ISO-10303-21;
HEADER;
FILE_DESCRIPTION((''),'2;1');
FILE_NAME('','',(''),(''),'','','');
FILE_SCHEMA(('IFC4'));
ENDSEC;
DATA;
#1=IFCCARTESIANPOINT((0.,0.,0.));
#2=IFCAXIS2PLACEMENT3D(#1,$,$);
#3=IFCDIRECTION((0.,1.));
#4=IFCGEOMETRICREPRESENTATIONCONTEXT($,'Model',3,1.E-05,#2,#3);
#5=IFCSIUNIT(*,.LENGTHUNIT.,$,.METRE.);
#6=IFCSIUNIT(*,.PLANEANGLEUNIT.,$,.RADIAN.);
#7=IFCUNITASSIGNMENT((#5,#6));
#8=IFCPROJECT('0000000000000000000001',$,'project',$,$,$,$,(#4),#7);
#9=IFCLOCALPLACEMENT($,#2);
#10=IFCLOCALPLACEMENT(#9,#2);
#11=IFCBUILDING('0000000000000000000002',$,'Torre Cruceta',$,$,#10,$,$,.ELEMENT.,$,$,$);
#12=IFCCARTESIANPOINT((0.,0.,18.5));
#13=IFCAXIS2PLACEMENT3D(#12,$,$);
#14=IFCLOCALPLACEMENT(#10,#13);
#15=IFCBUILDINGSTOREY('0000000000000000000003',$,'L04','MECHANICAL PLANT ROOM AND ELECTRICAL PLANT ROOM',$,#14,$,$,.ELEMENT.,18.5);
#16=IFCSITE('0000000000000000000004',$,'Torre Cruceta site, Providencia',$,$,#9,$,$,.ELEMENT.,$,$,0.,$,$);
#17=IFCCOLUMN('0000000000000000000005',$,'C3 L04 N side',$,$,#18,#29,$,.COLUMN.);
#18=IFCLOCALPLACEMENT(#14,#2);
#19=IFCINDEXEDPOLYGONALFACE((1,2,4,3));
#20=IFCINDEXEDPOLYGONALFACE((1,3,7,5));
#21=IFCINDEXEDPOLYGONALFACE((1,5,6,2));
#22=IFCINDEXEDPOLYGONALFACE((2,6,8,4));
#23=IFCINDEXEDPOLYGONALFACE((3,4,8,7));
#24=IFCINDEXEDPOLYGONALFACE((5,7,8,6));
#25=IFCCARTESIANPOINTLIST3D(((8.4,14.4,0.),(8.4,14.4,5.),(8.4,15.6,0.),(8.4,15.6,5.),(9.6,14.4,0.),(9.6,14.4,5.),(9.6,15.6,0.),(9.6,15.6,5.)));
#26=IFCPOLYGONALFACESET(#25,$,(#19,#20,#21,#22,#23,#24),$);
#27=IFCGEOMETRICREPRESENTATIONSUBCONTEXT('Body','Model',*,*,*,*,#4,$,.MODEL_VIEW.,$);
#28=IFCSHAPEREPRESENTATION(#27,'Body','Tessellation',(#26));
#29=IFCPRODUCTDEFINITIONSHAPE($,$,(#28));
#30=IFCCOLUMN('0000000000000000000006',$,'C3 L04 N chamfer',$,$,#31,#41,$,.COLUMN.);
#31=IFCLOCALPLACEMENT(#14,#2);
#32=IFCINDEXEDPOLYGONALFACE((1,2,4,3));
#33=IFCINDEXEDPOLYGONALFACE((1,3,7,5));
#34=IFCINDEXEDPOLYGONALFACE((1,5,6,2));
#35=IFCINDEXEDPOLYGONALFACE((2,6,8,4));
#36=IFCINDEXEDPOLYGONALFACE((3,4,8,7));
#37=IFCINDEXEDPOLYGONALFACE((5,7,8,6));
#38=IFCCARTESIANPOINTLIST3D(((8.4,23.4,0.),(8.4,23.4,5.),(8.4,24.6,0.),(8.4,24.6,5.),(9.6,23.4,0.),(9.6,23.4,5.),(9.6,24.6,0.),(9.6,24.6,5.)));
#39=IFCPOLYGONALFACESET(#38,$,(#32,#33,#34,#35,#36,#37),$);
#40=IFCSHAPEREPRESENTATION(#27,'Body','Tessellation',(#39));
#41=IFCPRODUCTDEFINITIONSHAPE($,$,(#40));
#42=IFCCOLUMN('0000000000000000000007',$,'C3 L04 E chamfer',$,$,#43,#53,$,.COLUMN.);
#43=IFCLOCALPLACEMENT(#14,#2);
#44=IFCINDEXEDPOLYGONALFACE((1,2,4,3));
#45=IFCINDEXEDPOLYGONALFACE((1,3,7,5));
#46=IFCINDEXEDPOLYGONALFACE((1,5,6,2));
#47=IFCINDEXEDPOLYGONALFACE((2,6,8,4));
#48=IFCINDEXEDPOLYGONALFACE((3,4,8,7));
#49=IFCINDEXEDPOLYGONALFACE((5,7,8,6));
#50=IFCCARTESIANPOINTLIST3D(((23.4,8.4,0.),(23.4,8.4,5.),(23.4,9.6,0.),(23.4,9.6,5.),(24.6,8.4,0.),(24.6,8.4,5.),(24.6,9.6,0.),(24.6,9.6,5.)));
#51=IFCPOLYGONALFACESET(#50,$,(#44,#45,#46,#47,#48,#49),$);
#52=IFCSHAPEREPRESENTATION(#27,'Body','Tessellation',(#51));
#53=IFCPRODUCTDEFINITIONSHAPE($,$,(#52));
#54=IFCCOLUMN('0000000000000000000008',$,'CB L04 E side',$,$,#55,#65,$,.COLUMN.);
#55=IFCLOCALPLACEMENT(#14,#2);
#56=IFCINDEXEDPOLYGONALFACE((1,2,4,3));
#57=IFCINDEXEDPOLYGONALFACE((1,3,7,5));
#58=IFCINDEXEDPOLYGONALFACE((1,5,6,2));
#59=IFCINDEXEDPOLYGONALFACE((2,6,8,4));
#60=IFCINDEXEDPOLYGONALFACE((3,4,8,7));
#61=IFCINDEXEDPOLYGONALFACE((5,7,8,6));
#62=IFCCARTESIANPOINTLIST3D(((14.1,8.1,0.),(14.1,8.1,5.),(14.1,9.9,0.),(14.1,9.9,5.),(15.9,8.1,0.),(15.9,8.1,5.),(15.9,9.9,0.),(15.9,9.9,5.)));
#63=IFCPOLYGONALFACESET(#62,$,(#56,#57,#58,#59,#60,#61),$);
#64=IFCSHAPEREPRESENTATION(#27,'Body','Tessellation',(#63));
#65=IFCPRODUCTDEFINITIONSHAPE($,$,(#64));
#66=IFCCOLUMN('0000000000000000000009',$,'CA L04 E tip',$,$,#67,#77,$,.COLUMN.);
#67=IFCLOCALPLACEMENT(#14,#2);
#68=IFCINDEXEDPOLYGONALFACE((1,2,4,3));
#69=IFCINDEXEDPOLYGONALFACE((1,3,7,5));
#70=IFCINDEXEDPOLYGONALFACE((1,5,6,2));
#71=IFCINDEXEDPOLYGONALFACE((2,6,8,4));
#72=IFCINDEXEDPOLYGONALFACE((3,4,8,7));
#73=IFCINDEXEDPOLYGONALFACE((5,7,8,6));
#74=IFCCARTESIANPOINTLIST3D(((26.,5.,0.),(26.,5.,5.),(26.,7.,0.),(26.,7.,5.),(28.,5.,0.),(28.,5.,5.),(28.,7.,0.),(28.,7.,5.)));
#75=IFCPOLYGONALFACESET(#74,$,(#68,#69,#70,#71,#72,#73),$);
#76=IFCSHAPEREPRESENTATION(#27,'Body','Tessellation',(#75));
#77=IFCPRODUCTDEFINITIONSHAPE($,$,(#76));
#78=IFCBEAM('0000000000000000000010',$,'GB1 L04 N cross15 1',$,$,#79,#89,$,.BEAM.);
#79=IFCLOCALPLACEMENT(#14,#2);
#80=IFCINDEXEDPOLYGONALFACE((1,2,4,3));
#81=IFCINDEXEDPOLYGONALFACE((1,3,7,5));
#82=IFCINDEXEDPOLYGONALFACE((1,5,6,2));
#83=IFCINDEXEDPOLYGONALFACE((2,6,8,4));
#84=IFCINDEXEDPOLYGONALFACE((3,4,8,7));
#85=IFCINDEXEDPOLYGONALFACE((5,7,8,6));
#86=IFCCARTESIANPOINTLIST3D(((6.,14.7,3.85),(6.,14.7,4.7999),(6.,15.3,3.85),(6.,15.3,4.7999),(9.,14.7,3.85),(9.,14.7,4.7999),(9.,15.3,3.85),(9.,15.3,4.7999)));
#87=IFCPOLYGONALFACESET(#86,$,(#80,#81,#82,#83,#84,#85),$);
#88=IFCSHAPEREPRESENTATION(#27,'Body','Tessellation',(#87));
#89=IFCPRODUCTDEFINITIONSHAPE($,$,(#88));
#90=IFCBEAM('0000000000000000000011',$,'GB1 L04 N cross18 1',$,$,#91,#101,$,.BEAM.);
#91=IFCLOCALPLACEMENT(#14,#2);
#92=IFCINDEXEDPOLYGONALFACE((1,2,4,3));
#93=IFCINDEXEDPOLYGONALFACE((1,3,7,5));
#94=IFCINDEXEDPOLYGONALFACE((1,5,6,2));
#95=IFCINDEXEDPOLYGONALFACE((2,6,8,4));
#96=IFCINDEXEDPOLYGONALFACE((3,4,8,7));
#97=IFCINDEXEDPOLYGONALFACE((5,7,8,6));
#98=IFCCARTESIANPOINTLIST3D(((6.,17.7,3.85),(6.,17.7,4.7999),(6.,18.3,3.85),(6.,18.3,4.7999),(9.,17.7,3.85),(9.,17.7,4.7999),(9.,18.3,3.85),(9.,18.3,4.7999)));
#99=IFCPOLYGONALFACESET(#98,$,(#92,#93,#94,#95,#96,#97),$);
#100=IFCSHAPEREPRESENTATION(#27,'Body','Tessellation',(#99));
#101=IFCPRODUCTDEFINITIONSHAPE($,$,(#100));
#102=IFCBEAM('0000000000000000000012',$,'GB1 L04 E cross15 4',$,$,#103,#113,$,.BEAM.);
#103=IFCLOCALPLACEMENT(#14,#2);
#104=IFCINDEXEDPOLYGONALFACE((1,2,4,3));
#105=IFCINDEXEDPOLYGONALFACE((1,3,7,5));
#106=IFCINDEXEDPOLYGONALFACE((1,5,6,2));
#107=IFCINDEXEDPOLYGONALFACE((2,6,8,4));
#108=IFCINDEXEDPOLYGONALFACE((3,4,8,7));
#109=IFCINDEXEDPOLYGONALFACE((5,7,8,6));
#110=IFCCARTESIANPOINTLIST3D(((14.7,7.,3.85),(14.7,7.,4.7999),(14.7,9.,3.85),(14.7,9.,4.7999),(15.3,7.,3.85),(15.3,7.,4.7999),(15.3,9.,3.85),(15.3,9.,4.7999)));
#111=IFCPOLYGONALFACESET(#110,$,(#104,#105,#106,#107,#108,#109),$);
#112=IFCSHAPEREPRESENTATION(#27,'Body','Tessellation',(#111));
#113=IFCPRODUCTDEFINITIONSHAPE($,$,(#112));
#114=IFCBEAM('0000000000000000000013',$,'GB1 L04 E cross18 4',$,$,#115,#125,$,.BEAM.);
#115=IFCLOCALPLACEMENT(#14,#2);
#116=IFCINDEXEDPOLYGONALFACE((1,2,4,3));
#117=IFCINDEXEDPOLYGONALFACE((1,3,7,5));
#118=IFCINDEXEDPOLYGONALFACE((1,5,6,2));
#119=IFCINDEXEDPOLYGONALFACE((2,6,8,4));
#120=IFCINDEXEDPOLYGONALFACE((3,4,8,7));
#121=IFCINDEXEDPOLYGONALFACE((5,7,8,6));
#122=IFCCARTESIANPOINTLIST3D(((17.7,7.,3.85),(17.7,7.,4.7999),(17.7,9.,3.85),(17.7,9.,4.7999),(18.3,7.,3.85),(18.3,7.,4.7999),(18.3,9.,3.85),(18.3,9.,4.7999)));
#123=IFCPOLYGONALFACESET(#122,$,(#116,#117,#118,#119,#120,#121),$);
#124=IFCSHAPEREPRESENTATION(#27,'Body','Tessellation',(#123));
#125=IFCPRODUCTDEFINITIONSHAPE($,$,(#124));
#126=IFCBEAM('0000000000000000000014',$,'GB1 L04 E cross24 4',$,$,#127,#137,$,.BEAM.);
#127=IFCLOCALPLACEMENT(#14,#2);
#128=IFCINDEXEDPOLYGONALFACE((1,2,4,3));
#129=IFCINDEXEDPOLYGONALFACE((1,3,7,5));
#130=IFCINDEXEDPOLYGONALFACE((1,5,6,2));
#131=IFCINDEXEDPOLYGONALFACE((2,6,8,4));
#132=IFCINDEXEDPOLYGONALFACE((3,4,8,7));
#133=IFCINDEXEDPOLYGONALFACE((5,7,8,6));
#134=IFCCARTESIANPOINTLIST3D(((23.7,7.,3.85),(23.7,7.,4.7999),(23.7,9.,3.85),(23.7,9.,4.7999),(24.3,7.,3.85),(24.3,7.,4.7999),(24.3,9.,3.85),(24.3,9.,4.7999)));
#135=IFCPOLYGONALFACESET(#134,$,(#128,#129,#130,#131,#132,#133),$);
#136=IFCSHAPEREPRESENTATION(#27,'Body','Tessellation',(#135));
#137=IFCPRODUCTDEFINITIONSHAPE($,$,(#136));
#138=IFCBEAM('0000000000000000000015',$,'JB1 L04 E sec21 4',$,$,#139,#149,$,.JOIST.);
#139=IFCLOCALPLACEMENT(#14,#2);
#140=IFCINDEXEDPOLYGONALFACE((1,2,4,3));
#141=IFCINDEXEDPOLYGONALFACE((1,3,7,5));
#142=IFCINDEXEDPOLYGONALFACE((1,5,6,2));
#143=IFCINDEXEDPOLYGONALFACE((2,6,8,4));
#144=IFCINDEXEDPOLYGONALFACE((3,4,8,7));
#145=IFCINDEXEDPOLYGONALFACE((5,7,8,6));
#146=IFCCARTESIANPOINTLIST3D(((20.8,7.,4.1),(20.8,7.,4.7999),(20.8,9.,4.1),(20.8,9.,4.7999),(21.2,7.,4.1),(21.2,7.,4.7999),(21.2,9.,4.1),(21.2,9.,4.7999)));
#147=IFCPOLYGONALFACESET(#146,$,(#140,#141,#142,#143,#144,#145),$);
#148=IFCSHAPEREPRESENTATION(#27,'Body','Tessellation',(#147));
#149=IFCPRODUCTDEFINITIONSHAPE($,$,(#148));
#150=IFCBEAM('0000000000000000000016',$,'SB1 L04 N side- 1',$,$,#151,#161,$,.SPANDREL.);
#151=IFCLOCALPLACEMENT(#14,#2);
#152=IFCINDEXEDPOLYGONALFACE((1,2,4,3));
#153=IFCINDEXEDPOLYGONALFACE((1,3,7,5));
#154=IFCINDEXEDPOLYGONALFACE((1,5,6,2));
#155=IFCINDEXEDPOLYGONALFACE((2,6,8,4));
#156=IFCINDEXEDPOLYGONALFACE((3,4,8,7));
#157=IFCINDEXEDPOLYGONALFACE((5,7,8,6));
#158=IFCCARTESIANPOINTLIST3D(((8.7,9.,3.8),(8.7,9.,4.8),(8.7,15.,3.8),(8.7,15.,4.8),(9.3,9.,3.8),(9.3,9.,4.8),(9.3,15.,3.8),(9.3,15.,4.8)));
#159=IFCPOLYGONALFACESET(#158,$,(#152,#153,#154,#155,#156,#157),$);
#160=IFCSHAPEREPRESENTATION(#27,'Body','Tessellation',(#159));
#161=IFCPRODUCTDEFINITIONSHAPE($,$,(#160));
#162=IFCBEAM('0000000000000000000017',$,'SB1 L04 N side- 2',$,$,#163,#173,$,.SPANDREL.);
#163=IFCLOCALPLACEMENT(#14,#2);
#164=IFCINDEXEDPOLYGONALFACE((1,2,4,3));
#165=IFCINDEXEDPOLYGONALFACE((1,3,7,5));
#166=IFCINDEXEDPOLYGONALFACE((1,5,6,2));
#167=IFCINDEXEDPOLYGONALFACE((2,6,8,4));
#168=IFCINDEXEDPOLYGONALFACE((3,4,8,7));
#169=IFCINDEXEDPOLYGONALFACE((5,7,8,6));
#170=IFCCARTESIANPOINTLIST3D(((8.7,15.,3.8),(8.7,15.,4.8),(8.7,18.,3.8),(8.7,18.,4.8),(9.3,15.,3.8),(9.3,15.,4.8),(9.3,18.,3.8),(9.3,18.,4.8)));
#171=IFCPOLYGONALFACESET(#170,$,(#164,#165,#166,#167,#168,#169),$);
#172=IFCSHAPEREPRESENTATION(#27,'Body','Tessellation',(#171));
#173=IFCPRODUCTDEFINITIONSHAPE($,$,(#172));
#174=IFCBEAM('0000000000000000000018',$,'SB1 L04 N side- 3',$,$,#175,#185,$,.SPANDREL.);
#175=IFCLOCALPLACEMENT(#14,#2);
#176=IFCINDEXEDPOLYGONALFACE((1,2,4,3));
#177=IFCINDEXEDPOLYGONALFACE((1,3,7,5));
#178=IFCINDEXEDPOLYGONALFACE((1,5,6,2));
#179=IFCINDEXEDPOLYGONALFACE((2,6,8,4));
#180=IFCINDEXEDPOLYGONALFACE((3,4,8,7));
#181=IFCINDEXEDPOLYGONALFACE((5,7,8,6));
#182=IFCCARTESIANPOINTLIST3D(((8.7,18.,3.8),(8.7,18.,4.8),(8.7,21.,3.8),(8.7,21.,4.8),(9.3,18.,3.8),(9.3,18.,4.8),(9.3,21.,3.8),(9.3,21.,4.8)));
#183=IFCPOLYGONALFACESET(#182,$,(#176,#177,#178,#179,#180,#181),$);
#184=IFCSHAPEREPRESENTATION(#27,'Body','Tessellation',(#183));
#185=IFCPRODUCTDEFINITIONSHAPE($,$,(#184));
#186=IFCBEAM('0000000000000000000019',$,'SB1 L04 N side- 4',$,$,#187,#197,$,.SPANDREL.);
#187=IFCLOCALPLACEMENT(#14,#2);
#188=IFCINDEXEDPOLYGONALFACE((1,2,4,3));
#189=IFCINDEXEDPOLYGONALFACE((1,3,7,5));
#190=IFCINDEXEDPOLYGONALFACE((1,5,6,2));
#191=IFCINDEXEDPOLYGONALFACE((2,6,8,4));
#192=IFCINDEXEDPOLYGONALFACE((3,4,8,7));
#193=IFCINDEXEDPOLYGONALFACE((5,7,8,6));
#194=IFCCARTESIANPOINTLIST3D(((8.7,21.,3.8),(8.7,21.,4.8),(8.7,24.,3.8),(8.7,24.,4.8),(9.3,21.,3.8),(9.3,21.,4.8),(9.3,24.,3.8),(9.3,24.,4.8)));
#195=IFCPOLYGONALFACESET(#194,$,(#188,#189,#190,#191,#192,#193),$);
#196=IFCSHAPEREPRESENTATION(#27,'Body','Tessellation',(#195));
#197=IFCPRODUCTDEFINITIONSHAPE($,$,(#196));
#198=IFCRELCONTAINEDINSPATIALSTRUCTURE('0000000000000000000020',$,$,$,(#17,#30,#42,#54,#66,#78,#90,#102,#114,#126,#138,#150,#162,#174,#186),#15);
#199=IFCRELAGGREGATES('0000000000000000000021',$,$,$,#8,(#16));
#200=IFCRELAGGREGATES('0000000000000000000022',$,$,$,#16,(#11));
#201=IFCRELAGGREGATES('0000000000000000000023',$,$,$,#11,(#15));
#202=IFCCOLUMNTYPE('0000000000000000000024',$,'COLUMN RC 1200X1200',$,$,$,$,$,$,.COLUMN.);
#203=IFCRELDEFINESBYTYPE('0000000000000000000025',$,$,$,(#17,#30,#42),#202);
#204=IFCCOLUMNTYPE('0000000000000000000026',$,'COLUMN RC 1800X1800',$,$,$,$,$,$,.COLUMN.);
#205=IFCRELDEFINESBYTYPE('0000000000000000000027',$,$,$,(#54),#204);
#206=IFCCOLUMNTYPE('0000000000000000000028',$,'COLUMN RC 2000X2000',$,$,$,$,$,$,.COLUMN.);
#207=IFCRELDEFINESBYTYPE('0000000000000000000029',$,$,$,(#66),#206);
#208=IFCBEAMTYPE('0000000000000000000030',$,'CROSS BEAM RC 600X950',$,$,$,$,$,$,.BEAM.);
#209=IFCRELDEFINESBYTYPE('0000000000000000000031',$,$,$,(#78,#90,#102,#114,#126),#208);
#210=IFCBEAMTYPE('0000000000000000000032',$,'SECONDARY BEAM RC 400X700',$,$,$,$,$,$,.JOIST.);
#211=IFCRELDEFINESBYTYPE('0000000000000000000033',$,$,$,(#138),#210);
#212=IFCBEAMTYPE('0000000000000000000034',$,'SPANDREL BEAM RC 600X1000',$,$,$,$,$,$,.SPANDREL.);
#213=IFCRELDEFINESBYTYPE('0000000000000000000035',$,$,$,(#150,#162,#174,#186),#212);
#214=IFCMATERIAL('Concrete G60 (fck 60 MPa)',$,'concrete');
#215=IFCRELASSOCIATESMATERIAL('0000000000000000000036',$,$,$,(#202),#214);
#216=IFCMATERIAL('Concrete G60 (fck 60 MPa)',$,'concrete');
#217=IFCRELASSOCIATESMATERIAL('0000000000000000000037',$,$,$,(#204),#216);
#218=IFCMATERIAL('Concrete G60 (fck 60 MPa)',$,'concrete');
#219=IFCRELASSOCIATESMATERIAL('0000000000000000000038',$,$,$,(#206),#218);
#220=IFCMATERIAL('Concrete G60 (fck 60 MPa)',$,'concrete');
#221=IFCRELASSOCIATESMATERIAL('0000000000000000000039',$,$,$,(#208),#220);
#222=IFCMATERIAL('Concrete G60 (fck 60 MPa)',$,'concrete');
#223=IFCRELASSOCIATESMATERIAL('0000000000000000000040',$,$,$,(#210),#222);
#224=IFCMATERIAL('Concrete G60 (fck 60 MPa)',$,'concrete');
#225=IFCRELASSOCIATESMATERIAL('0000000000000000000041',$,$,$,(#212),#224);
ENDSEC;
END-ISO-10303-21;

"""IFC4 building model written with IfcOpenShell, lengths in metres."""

from ifc_helpers import new_model, si_unit, direction, frame, origin, origin_2d, place, context, subcontext, project, spatial, rectangle, extrude, material, material_profile, profile_set, type_object, element, save


model = new_model("IFC4")

# Units and contexts
model_context = context("Model", 3, precision=1e-05, world=origin(), true_north=direction((0.0, 1.0)))
body_context = subcontext(model_context, "Body", "Model", "MODEL_VIEW")
ifc_project = project(units=[si_unit("LENGTHUNIT", "METRE"), si_unit("PLANEANGLEUNIT", "RADIAN")], contexts=[model_context])

# Site, building, storey
site_placement = place(None, origin())
site = spatial("IfcSite", under=ifc_project, at=site_placement, Name="Torre Cruceta site, Providencia", CompositionType="ELEMENT", RefElevation=0.0)
building_placement = place(site_placement, origin())
building = spatial("IfcBuilding", under=site, at=building_placement, Name="Torre Cruceta", CompositionType="ELEMENT")
storey_placement = place(building_placement, frame((0.0, 0.0, 18.5)))
storey = spatial("IfcBuildingStorey", under=building, at=storey_placement, Name="L04", Description="MECHANICAL PLANT ROOM AND ELECTRICAL PLANT ROOM", CompositionType="ELEMENT", Elevation=18.5)

# Columns
ifc_material_1 = material(Name="Concrete G60 (fck 60 MPa)", Category="concrete")
ifc_material_profile_1 = material_profile(ifc_material_1, rectangle(XDim=1.2, YDim=1.2, at=origin_2d()), Name="RC 1200X1200")
ifc_profile_set_1 = profile_set([ifc_material_profile_1], Name="Concrete G60 (fck 60 MPa)")
column_type_1 = type_object("IfcColumnType", Name="COLUMN RC 1200X1200", PredefinedType="COLUMN", material=ifc_profile_set_1)
for number, where, z_axis, x_axis, name in (
    (1, (9.0, 15.0, 0.0), (0.0, 0.0, 1.0), (1.0, 0.0, 0.0), "C3 L04 N side"),
    (2, (9.0, 24.0, 0.0), (0.0, 0.0, 1.0), (1.0, 0.0, 0.0), "C3 L04 N chamfer"),
    (3, (24.0, 9.0, 0.0), (0.0, 0.0, 1.0), (1.0, 0.0, 0.0), "C3 L04 E chamfer"),
):
    element("IfcColumn", number, at=place(storey_placement, frame(where, z_axis=z_axis, x_axis=x_axis)), inside=storey, type_object=column_type_1, Name=name, PredefinedType="COLUMN", context=body_context, shape_type="SweptSolid", body=[
        extrude(rectangle(XDim=1.2, YDim=1.2, at=origin_2d()), origin(), (0.0, 0.0, 1.0), 5.0),
    ])
ifc_material_2 = material(Name="Concrete G60 (fck 60 MPa)", Category="concrete")
ifc_material_profile_2 = material_profile(ifc_material_2, rectangle(XDim=1.8, YDim=1.8, at=origin_2d()), Name="RC 1800X1800")
ifc_profile_set_2 = profile_set([ifc_material_profile_2], Name="Concrete G60 (fck 60 MPa)")
column_type_2 = type_object("IfcColumnType", Name="COLUMN RC 1800X1800", PredefinedType="COLUMN", material=ifc_profile_set_2)
column_1_placement = place(storey_placement, frame((15.0, 9.0, 0.0), z_axis=(0.0, 0.0, 1.0), x_axis=(1.0, 0.0, 0.0)))
element("IfcColumn", 4, at=column_1_placement, inside=storey, type_object=column_type_2, Name="CB L04 E side", PredefinedType="COLUMN", context=body_context, shape_type="SweptSolid", body=[
    extrude(rectangle(XDim=1.8, YDim=1.8, at=origin_2d()), origin(), (0.0, 0.0, 1.0), 5.0),
])
ifc_material_3 = material(Name="Concrete G60 (fck 60 MPa)", Category="concrete")
ifc_material_profile_3 = material_profile(ifc_material_3, rectangle(XDim=2.0, YDim=2.0, at=origin_2d()), Name="RC 2000X2000")
ifc_profile_set_3 = profile_set([ifc_material_profile_3], Name="Concrete G60 (fck 60 MPa)")
column_type_3 = type_object("IfcColumnType", Name="COLUMN RC 2000X2000", PredefinedType="COLUMN", material=ifc_profile_set_3)
column_2_placement = place(storey_placement, frame((27.0, 6.0, 0.0), z_axis=(0.0, 0.0, 1.0), x_axis=(1.0, 0.0, 0.0)))
element("IfcColumn", 5, at=column_2_placement, inside=storey, type_object=column_type_3, Name="CA L04 E tip", PredefinedType="COLUMN", context=body_context, shape_type="SweptSolid", body=[
    extrude(rectangle(XDim=2.0, YDim=2.0, at=origin_2d()), origin(), (0.0, 0.0, 1.0), 5.0),
])

# Beams
ifc_material_4 = material(Name="Concrete G60 (fck 60 MPa)", Category="concrete")
ifc_material_profile_4 = material_profile(ifc_material_4, rectangle(XDim=0.6001, YDim=0.95, at=origin_2d()), Name="RC 600X950")
ifc_profile_set_4 = profile_set([ifc_material_profile_4], Name="Concrete G60 (fck 60 MPa)")
beam_type_1 = type_object("IfcBeamType", Name="CROSS BEAM RC 600X950", PredefinedType="BEAM", material=ifc_profile_set_4)
for number, where, z_axis, x_axis, name in (
    (6, (9.0, 15.0, 4.325), (-1.0, 0.0, 0.0), (0.0, -1.0, 0.0), "GB1 L04 N cross15 1"),
    (7, (9.0, 18.0, 4.325), (-1.0, 0.0, 0.0), (0.0, -1.0, 0.0), "GB1 L04 N cross18 1"),
):
    element("IfcBeam", number, at=place(storey_placement, frame(where, z_axis=z_axis, x_axis=x_axis)), inside=storey, type_object=beam_type_1, Name=name, PredefinedType="BEAM", context=body_context, shape_type="SweptSolid", body=[
        extrude(rectangle(XDim=0.6001, YDim=0.95, at=origin_2d()), origin(), (0.0, 0.0, 1.0), 3.0),
    ])
for number, where, z_axis, x_axis, name in (
    (8, (15.0, 7.0, 4.325), (0.0, 1.0, 0.0), (-1.0, 0.0, 0.0), "GB1 L04 E cross15 4"),
    (9, (18.0, 7.0, 4.325), (0.0, 1.0, 0.0), (-1.0, 0.0, 0.0), "GB1 L04 E cross18 4"),
    (10, (24.0, 7.0, 4.325), (0.0, 1.0, 0.0), (-1.0, 0.0, 0.0), "GB1 L04 E cross24 4"),
):
    element("IfcBeam", number, at=place(storey_placement, frame(where, z_axis=z_axis, x_axis=x_axis)), inside=storey, type_object=beam_type_1, Name=name, PredefinedType="BEAM", context=body_context, shape_type="SweptSolid", body=[
        extrude(rectangle(XDim=0.6001, YDim=0.95, at=origin_2d()), origin(), (0.0, 0.0, 1.0), 2.0),
    ])
ifc_material_5 = material(Name="Concrete G60 (fck 60 MPa)", Category="concrete")
ifc_material_profile_5 = material_profile(ifc_material_5, rectangle(XDim=0.3999, YDim=0.7, at=origin_2d()), Name="RC 400X700")
ifc_profile_set_5 = profile_set([ifc_material_profile_5], Name="Concrete G60 (fck 60 MPa)")
beam_type_2 = type_object("IfcBeamType", Name="SECONDARY BEAM RC 400X700", PredefinedType="JOIST", material=ifc_profile_set_5)
beam_1_placement = place(storey_placement, frame((21.0, 7.0, 4.45), z_axis=(0.0, 1.0, 0.0), x_axis=(-1.0, 0.0, 0.0)))
element("IfcBeam", 11, at=beam_1_placement, inside=storey, type_object=beam_type_2, Name="JB1 L04 E sec21 4", PredefinedType="JOIST", context=body_context, shape_type="SweptSolid", body=[
    extrude(rectangle(XDim=0.3999, YDim=0.7, at=origin_2d()), origin(), (0.0, 0.0, 1.0), 2.0),
])
ifc_material_6 = material(Name="Concrete G60 (fck 60 MPa)", Category="concrete")
ifc_material_profile_6 = material_profile(ifc_material_6, rectangle(XDim=0.6001, YDim=1.0, at=origin_2d()), Name="RC 600X1000")
ifc_profile_set_6 = profile_set([ifc_material_profile_6], Name="Concrete G60 (fck 60 MPa)")
beam_type_3 = type_object("IfcBeamType", Name="SPANDREL BEAM RC 600X1000", PredefinedType="SPANDREL", material=ifc_profile_set_6)
beam_2_placement = place(storey_placement, frame((9.0, 9.0, 4.3), z_axis=(0.0, 1.0, 0.0), x_axis=(-1.0, 0.0, 0.0)))
element("IfcBeam", 12, at=beam_2_placement, inside=storey, type_object=beam_type_3, Name="SB1 L04 N side- 1", PredefinedType="SPANDREL", context=body_context, shape_type="SweptSolid", body=[
    extrude(rectangle(XDim=0.6001, YDim=1.0, at=origin_2d()), origin(), (0.0, 0.0, 1.0), 6.0),
])
for number, where, z_axis, x_axis, name in (
    (13, (9.0, 15.0, 4.3), (0.0, 1.0, 0.0), (-1.0, 0.0, 0.0), "SB1 L04 N side- 2"),
    (14, (9.0, 18.0, 4.3), (0.0, 1.0, 0.0), (-1.0, 0.0, 0.0), "SB1 L04 N side- 3"),
    (15, (9.0, 21.0, 4.3), (0.0, 1.0, 0.0), (-1.0, 0.0, 0.0), "SB1 L04 N side- 4"),
):
    element("IfcBeam", number, at=place(storey_placement, frame(where, z_axis=z_axis, x_axis=x_axis)), inside=storey, type_object=beam_type_3, Name=name, PredefinedType="SPANDREL", context=body_context, shape_type="SweptSolid", body=[
        extrude(rectangle(XDim=0.6001, YDim=1.0, at=origin_2d()), origin(), (0.0, 0.0, 1.0), 3.0),
    ])

save(model, "model.ifc")
